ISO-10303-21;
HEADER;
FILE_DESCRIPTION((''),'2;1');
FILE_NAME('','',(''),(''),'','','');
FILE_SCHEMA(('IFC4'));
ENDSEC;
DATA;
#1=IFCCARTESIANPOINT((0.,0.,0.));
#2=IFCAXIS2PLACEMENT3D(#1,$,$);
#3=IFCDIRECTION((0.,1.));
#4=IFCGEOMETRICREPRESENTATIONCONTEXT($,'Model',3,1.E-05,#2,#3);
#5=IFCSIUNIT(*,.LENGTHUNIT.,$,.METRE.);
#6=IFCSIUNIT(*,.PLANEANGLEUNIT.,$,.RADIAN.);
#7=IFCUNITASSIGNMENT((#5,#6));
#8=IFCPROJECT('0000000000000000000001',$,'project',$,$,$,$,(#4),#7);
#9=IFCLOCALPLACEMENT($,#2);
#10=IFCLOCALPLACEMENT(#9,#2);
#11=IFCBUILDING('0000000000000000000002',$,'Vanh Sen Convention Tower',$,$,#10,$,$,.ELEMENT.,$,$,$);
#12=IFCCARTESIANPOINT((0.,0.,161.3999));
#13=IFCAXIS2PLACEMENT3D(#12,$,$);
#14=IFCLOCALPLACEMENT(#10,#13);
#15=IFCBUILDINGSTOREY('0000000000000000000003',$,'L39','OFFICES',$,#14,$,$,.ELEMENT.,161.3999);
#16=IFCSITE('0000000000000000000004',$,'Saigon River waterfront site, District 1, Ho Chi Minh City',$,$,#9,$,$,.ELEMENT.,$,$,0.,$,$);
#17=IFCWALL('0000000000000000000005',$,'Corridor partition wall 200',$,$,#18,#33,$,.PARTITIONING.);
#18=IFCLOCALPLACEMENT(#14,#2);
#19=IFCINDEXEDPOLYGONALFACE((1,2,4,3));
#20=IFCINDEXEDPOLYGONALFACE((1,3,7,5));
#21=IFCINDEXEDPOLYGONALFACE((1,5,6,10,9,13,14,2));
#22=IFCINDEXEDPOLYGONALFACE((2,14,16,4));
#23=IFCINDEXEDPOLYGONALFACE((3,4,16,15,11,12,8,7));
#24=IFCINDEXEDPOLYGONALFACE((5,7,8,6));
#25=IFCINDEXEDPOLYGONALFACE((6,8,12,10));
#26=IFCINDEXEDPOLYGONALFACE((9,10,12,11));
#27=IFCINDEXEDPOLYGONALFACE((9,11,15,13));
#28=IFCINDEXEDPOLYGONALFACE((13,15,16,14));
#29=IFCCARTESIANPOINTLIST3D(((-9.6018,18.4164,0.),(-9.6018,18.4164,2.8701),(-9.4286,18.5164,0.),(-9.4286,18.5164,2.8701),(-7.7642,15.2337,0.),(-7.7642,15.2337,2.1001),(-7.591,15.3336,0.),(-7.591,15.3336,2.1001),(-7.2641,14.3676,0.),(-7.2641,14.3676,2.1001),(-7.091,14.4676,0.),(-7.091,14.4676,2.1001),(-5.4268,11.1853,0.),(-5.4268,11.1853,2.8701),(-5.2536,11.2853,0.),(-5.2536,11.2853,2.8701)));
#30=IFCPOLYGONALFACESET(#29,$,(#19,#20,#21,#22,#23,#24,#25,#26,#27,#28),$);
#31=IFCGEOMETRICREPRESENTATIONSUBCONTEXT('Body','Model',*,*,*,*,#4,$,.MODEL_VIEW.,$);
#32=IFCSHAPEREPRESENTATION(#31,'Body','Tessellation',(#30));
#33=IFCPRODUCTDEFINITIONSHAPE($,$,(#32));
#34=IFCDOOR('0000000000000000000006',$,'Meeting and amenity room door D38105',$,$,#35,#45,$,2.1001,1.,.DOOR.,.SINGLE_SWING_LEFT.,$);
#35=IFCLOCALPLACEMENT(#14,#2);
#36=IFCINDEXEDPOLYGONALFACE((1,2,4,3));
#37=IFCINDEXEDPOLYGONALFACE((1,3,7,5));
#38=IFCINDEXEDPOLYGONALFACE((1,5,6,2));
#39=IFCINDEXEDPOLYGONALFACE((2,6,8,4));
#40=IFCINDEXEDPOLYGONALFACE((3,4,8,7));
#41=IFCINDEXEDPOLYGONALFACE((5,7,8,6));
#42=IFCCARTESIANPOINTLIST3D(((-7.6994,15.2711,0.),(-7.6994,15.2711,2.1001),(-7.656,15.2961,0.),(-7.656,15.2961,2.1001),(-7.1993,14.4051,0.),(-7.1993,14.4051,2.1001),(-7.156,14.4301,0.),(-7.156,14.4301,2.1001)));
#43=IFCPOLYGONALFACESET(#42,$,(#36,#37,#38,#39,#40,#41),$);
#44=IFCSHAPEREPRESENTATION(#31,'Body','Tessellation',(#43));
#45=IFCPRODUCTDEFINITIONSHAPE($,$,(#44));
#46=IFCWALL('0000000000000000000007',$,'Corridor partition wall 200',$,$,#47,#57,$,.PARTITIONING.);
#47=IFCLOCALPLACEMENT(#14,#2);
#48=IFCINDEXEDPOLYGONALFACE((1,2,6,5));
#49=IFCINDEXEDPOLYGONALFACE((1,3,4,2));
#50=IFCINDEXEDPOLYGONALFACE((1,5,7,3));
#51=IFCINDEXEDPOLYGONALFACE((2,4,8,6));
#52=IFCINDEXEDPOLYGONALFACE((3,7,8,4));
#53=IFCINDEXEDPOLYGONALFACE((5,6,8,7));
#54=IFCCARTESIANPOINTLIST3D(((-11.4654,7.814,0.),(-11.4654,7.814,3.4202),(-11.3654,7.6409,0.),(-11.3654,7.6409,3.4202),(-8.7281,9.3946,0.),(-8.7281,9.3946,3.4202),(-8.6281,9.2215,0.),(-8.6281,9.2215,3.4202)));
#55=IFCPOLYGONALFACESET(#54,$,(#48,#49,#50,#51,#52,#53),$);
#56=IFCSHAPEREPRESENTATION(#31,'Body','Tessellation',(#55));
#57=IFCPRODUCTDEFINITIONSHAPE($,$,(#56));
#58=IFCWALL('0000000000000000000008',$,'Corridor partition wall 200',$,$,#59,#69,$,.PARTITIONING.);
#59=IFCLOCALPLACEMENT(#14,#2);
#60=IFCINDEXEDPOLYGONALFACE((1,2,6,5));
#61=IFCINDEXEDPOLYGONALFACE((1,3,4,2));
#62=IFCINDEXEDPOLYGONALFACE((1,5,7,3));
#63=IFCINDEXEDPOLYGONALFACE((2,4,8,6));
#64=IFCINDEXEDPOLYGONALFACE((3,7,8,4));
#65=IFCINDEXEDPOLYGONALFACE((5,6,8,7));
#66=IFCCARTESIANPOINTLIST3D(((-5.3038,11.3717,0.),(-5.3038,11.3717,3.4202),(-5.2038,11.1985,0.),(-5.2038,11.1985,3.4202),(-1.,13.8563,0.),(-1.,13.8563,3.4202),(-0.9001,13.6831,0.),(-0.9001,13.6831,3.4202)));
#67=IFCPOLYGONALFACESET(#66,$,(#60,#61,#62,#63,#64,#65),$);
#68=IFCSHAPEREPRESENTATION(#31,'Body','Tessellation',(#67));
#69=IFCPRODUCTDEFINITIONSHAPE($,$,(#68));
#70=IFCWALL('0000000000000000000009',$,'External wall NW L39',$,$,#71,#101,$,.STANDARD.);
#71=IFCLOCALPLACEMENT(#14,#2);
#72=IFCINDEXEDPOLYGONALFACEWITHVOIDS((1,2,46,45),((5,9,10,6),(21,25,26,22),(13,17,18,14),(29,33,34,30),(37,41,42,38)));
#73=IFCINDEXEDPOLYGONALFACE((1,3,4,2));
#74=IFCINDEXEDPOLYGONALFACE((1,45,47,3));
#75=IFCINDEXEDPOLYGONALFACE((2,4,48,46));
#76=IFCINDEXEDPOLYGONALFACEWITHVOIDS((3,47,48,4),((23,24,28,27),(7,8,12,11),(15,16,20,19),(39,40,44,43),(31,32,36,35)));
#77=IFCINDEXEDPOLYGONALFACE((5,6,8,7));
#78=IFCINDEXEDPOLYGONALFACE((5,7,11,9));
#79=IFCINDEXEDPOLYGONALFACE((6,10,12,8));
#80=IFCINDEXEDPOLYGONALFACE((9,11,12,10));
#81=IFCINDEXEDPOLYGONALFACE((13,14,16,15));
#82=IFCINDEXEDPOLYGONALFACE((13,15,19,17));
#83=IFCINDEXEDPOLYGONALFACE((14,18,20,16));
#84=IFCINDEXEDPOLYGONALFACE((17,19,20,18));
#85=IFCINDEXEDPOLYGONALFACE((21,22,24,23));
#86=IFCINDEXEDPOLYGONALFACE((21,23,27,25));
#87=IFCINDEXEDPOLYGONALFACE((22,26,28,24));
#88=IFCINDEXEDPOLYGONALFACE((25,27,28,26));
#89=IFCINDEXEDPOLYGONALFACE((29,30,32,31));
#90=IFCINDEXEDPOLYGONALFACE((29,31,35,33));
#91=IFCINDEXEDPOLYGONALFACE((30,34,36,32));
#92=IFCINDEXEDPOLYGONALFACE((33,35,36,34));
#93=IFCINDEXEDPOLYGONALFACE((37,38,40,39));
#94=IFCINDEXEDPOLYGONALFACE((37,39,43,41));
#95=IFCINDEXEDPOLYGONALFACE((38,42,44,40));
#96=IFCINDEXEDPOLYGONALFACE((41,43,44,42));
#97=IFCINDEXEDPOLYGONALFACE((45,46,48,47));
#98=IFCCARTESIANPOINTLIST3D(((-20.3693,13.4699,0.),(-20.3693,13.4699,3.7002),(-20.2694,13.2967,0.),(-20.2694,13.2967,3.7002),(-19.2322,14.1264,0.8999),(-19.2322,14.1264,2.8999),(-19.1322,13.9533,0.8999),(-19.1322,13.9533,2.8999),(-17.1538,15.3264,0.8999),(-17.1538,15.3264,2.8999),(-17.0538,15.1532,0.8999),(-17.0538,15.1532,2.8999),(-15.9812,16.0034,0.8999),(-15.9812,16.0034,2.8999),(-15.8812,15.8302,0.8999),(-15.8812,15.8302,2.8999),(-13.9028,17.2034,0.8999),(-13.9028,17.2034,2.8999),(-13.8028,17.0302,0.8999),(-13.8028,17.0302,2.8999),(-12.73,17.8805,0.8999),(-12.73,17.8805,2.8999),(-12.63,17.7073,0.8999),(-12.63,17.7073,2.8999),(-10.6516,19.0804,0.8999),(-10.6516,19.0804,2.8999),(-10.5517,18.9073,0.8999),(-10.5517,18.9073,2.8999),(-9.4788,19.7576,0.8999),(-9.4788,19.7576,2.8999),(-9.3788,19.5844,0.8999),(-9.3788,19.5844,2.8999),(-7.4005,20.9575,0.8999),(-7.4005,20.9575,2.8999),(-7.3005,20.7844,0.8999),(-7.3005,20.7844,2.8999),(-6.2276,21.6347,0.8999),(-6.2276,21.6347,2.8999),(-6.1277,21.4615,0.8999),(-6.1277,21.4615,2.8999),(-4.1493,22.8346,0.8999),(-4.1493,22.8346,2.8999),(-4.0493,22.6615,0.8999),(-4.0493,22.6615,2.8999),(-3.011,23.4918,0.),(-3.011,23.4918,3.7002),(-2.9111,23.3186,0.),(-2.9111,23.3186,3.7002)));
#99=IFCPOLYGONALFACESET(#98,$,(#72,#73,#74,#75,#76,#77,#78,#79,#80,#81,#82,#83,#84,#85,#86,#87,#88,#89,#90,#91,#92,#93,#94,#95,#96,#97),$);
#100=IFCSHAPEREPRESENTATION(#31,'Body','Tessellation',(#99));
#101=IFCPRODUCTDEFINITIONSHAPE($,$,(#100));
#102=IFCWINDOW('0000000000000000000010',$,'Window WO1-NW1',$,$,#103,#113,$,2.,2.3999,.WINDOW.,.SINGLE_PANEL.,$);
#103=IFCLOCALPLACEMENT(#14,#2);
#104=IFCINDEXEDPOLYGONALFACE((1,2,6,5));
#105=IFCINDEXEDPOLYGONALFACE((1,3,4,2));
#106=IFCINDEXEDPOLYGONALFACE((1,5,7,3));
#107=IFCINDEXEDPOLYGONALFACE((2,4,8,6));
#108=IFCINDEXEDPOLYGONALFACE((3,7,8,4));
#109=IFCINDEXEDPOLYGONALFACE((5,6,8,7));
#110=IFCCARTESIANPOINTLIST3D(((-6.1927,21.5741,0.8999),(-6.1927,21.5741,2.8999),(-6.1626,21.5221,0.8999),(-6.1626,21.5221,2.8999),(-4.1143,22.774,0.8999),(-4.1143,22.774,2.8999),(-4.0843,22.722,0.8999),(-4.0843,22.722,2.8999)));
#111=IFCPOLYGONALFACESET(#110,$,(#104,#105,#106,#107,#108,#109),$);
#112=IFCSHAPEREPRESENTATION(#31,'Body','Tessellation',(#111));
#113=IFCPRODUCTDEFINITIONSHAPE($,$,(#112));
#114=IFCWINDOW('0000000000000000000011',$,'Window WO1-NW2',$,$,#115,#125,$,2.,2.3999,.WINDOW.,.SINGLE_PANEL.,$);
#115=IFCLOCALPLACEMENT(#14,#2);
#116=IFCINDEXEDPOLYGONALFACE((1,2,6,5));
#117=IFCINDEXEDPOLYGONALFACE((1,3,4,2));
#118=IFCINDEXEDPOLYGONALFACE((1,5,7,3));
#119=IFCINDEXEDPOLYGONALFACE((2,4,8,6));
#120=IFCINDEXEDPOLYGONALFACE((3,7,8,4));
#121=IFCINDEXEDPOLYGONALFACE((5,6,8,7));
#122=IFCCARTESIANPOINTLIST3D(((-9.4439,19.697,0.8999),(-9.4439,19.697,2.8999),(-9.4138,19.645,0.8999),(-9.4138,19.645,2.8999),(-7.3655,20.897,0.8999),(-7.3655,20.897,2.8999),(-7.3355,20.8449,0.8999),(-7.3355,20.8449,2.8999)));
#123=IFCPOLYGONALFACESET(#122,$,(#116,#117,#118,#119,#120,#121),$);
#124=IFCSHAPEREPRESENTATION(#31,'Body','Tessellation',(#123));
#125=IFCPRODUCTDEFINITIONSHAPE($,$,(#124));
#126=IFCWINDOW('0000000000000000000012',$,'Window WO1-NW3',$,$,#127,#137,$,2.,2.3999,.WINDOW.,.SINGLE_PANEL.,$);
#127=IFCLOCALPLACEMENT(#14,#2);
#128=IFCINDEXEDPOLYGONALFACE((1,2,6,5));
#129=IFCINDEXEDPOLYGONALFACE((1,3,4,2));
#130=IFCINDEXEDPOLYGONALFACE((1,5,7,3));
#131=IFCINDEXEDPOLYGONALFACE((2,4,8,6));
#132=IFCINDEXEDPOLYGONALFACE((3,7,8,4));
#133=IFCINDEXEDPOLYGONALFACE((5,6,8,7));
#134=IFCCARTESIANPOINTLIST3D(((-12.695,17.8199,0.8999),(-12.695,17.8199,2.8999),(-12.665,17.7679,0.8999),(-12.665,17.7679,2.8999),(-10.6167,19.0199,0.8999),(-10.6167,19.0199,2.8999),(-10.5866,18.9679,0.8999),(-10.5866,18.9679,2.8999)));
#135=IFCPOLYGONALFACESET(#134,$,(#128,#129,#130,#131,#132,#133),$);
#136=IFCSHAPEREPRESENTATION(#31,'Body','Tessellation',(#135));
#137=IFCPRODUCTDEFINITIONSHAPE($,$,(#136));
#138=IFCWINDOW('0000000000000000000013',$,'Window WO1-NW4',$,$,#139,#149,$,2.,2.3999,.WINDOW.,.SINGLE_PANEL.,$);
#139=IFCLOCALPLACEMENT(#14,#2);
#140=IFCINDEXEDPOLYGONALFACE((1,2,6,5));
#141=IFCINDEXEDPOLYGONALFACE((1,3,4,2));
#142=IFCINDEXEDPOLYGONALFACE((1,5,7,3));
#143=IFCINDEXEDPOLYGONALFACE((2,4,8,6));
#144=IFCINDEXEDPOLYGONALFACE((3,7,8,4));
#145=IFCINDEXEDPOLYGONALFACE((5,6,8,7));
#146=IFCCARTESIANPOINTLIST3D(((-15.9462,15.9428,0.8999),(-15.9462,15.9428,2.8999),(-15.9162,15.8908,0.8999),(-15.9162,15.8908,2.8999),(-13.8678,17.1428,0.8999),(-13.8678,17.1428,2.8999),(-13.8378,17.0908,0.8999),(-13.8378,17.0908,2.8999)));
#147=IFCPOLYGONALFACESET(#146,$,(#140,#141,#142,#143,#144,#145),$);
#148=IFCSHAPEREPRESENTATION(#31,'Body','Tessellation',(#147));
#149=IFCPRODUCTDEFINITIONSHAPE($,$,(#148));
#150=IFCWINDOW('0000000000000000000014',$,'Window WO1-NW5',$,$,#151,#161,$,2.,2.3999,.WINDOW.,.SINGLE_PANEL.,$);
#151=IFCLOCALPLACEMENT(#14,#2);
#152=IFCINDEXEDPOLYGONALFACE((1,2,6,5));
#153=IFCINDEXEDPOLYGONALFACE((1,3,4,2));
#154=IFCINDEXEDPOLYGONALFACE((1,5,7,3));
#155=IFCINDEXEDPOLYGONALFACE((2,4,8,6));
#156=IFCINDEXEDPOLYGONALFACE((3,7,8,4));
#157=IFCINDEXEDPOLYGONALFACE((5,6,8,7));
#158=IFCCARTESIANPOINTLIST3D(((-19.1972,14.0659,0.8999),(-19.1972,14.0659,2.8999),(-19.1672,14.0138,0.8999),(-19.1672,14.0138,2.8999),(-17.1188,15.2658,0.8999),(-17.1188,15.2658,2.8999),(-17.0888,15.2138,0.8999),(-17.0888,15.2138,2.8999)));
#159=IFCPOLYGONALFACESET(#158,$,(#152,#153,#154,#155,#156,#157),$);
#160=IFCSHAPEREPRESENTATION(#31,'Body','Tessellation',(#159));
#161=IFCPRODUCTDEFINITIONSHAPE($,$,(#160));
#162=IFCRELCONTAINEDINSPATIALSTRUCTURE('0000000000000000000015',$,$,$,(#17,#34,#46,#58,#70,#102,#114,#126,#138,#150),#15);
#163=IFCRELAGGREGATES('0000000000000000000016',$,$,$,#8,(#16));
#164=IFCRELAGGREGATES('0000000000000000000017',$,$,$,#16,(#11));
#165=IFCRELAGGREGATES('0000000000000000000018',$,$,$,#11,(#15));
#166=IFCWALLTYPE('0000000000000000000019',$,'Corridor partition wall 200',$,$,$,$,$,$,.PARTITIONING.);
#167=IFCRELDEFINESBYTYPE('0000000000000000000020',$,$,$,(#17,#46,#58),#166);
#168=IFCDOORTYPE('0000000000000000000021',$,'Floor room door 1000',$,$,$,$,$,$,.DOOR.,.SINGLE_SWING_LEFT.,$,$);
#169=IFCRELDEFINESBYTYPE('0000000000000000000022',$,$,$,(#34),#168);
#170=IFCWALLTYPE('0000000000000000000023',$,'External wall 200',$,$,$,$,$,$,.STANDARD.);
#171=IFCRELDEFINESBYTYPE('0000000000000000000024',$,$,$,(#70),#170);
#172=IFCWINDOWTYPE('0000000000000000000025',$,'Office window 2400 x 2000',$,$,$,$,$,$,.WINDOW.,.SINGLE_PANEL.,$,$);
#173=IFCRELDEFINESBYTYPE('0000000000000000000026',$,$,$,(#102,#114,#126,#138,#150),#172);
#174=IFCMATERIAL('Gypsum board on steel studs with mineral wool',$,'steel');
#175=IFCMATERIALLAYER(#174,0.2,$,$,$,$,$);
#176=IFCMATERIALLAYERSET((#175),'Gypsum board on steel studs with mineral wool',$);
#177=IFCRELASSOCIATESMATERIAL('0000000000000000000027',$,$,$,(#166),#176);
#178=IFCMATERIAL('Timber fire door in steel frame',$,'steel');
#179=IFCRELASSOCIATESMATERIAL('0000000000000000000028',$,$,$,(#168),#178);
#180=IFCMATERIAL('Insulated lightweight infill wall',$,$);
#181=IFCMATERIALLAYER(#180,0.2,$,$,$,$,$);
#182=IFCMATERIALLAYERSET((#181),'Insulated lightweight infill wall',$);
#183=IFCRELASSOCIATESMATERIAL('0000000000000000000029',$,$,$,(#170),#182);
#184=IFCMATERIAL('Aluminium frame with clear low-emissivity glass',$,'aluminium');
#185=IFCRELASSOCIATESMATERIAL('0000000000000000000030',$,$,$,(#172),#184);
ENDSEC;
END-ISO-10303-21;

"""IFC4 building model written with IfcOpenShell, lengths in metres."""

from ifc_helpers import new_model, si_unit, direction, frame, frame_2d, origin, place, context, subcontext, project, spatial, rectangle, extrude, material, layer, layer_set, type_object, element, fill, save


model = new_model("IFC4")

# Units and contexts
model_context = context("Model", 3, precision=1e-05, world=origin(), true_north=direction((0.0, 1.0)))
body_context = subcontext(model_context, "Body", "Model", "MODEL_VIEW")
ifc_project = project(units=[si_unit("LENGTHUNIT", "METRE"), si_unit("PLANEANGLEUNIT", "RADIAN")], contexts=[model_context])

# Site, building, storey
site_placement = place(None, origin())
site = spatial("IfcSite", under=ifc_project, at=site_placement, Name="Saigon River waterfront site, District 1, Ho Chi Minh City", CompositionType="ELEMENT", RefElevation=0.0)
building_placement = place(site_placement, origin())
building = spatial("IfcBuilding", under=site, at=building_placement, Name="Vanh Sen Convention Tower", CompositionType="ELEMENT")
storey_placement = place(building_placement, frame((0.0, 0.0, 161.3999)))
storey = spatial("IfcBuildingStorey", under=building, at=storey_placement, Name="L39", Description="OFFICES", CompositionType="ELEMENT", Elevation=161.3999)

# Wall, opening, door
ifc_material_1 = material(Name="Gypsum board on steel studs with mineral wool", Category="steel")
ifc_layer_1 = layer(ifc_material_1, 0.2)
ifc_layer_set_1 = layer_set([ifc_layer_1], Name="Gypsum board on steel studs with mineral wool")
wall_type_1 = type_object("IfcWallType", Name="Corridor partition wall 200", PredefinedType="PARTITIONING", material=ifc_layer_set_1)
wall_1_placement = place(storey_placement, frame((-9.5151, 18.4663, 0.0), z_axis=(0.0, 0.0, 1.0), x_axis=(0.50001, -0.86602, 0.0)))
wall_1 = element("IfcWall", 1, at=wall_1_placement, inside=storey, type_object=wall_type_1, Name="Corridor partition wall 200", PredefinedType="PARTITIONING", context=body_context, shape_type="SweptSolid", body=[
    extrude(rectangle(XDim=8.3499, YDim=0.2, at=frame_2d((4.1748, 0.0))), origin(), (0.0, 0.0, 1.0), 2.8701),
])
opening_1_placement = place(wall_1_placement, frame((3.675, 0.0, 0.0)))
opening_1 = element("IfcOpeningElement", 2, at=opening_1_placement, cuts=wall_1, PredefinedType="OPENING", context=body_context, shape_type="SweptSolid", body=[
    extrude(rectangle(XDim=1.0, YDim=2.1001, at=frame_2d((0.5, 1.05))), frame((0.0, 0.1099, 0.0), z_axis=(0.0, -1.0, 0.0), x_axis=(1.0, 0.0, 0.0)), (0.0, 0.0, 1.0), 0.22),
])
ifc_material_2 = material(Name="Timber fire door in steel frame", Category="steel")
door_type = type_object("IfcDoorType", Name="Floor room door 1000", OperationType="SINGLE_SWING_LEFT", PredefinedType="DOOR", material=ifc_material_2)
door_placement = place(opening_1_placement, origin())
door = element("IfcDoor", 3, at=door_placement, inside=storey, type_object=door_type, Name="Meeting and amenity room door D38105", OperationType="SINGLE_SWING_LEFT", OverallHeight=2.1001, OverallWidth=1.0, PredefinedType="DOOR", context=body_context, shape_type="SweptSolid", body=[
    extrude(rectangle(XDim=1.0, YDim=2.1001, at=frame_2d((0.5, 1.05))), frame((0.0, 0.0249, 0.0), z_axis=(0.0, -1.0, 0.0), x_axis=(1.0, 0.0, 0.0)), (0.0, 0.0, 1.0), 0.05),
])
fill(opening_1, door)

# Walls
wall_2_placement = place(storey_placement, frame((-8.678, 9.3081, 0.0), z_axis=(0.0, 0.0, 1.0), x_axis=(-0.866, -0.500043, 0.0)))
element("IfcWall", 4, at=wall_2_placement, inside=storey, type_object=wall_type_1, Name="Corridor partition wall 200", PredefinedType="PARTITIONING", context=body_context, shape_type="SweptSolid", body=[
    extrude(rectangle(XDim=3.1609, YDim=0.2, at=frame_2d((1.5806, 0.0))), origin(), (0.0, 0.0, 1.0), 3.4202),
])
wall_3_placement = place(storey_placement, frame((-0.95, 13.7698, 0.0), z_axis=(0.0, 0.0, 1.0), x_axis=(-0.866037, -0.49998, 0.0)))
element("IfcWall", 5, at=wall_3_placement, inside=storey, type_object=wall_type_1, Name="Corridor partition wall 200", PredefinedType="PARTITIONING", context=body_context, shape_type="SweptSolid", body=[
    extrude(rectangle(XDim=4.9695, YDim=0.2, at=frame_2d((2.4849, 0.0))), origin(), (0.0, 0.0, 1.0), 3.4202),
])

# Wall, openings, windows
ifc_material_3 = material(Name="Insulated lightweight infill wall")
ifc_layer_2 = layer(ifc_material_3, 0.2)
ifc_layer_set_2 = layer_set([ifc_layer_2], Name="Insulated lightweight infill wall")
wall_type_2 = type_object("IfcWallType", Name="External wall 200", PredefinedType="STANDARD", material=ifc_layer_set_2)
wall_4_placement = place(storey_placement, frame((-2.9609, 23.4053, 0.0), z_axis=(0.0, 0.0, 1.0), x_axis=(-0.866023, -0.500004, 0.0)))
wall_4 = element("IfcWall", 6, at=wall_4_placement, inside=storey, type_object=wall_type_2, Name="External wall NW L39", PredefinedType="STANDARD", context=body_context, shape_type="SweptSolid", body=[
    extrude(rectangle(XDim=20.0437, YDim=0.2, at=frame_2d((10.022, 0.0))), origin(), (0.0, 0.0, 1.0), 3.7002),
])
opening_2_placement = place(wall_4_placement, frame((1.3145, 0.0, 0.8999)))
opening_2 = element("IfcOpeningElement", 7, at=opening_2_placement, cuts=wall_4, PredefinedType="OPENING", context=body_context, shape_type="SweptSolid", body=[
    extrude(rectangle(XDim=2.3999, YDim=2.0, at=frame_2d((1.2, 1.0))), frame((0.0, 0.1099, 0.0), z_axis=(0.0, -1.0, 0.0), x_axis=(1.0, 0.0, 0.0)), (0.0, 0.0, 1.0), 0.22),
])
opening_3_placement = place(wall_4_placement, frame((5.0686, 0.0, 0.8999)))
opening_3 = element("IfcOpeningElement", 8, at=opening_3_placement, cuts=wall_4, PredefinedType="OPENING", context=body_context, shape_type="SweptSolid", body=[
    extrude(rectangle(XDim=2.3999, YDim=2.0, at=frame_2d((1.2, 1.0))), frame((0.0, 0.1099, 0.0), z_axis=(0.0, -1.0, 0.0), x_axis=(1.0, 0.0, 0.0)), (0.0, 0.0, 1.0), 0.22),
])
opening_4_placement = place(wall_4_placement, frame((8.8228, 0.0, 0.8999)))
opening_4 = element("IfcOpeningElement", 9, at=opening_4_placement, cuts=wall_4, PredefinedType="OPENING", context=body_context, shape_type="SweptSolid", body=[
    extrude(rectangle(XDim=2.3999, YDim=2.0, at=frame_2d((1.2, 1.0))), frame((0.0, 0.1099, 0.0), z_axis=(0.0, -1.0, 0.0), x_axis=(1.0, 0.0, 0.0)), (0.0, 0.0, 1.0), 0.22),
])
opening_5_placement = place(wall_4_placement, frame((12.5769, 0.0, 0.8999)))
opening_5 = element("IfcOpeningElement", 10, at=opening_5_placement, cuts=wall_4, PredefinedType="OPENING", context=body_context, shape_type="SweptSolid", body=[
    extrude(rectangle(XDim=2.3999, YDim=2.0, at=frame_2d((1.2, 1.0))), frame((0.0, 0.1099, 0.0), z_axis=(0.0, -1.0, 0.0), x_axis=(1.0, 0.0, 0.0)), (0.0, 0.0, 1.0), 0.22),
])
opening_6_placement = place(wall_4_placement, frame((16.3308, 0.0, 0.8999)))
opening_6 = element("IfcOpeningElement", 11, at=opening_6_placement, cuts=wall_4, PredefinedType="OPENING", context=body_context, shape_type="SweptSolid", body=[
    extrude(rectangle(XDim=2.3999, YDim=2.0, at=frame_2d((1.2, 1.0))), frame((0.0, 0.1099, 0.0), z_axis=(0.0, -1.0, 0.0), x_axis=(1.0, 0.0, 0.0)), (0.0, 0.0, 1.0), 0.22),
])
ifc_material_4 = material(Name="Aluminium frame with clear low-emissivity glass", Category="aluminium")
window_type = type_object("IfcWindowType", Name="Office window 2400 x 2000", PartitioningType="SINGLE_PANEL", PredefinedType="WINDOW", material=ifc_material_4)
window_1_placement = place(opening_2_placement, origin())
window_1 = element("IfcWindow", 12, at=window_1_placement, inside=storey, type_object=window_type, Name="Window WO1-NW1", OverallHeight=2.0, OverallWidth=2.3999, PartitioningType="SINGLE_PANEL", PredefinedType="WINDOW", context=body_context, shape_type="SweptSolid", body=[
    extrude(rectangle(XDim=2.3999, YDim=2.0, at=frame_2d((1.2, 1.0))), frame((0.0, 0.03, 0.0), z_axis=(0.0, -1.0, 0.0), x_axis=(1.0, 0.0, 0.0)), (0.0, 0.0, 1.0), 0.0601),
])
fill(opening_2, window_1)
window_2_placement = place(opening_3_placement, origin())
window_2 = element("IfcWindow", 13, at=window_2_placement, inside=storey, type_object=window_type, Name="Window WO1-NW2", OverallHeight=2.0, OverallWidth=2.3999, PartitioningType="SINGLE_PANEL", PredefinedType="WINDOW", context=body_context, shape_type="SweptSolid", body=[
    extrude(rectangle(XDim=2.3999, YDim=2.0, at=frame_2d((1.2, 1.0))), frame((0.0, 0.03, 0.0), z_axis=(0.0, -1.0, 0.0), x_axis=(1.0, 0.0, 0.0)), (0.0, 0.0, 1.0), 0.0601),
])
fill(opening_3, window_2)
window_3_placement = place(opening_4_placement, origin())
window_3 = element("IfcWindow", 14, at=window_3_placement, inside=storey, type_object=window_type, Name="Window WO1-NW3", OverallHeight=2.0, OverallWidth=2.3999, PartitioningType="SINGLE_PANEL", PredefinedType="WINDOW", context=body_context, shape_type="SweptSolid", body=[
    extrude(rectangle(XDim=2.3999, YDim=2.0, at=frame_2d((1.2, 1.0))), frame((0.0, 0.03, 0.0), z_axis=(0.0, -1.0, 0.0), x_axis=(1.0, 0.0, 0.0)), (0.0, 0.0, 1.0), 0.0601),
])
fill(opening_4, window_3)
window_4_placement = place(opening_5_placement, origin())
window_4 = element("IfcWindow", 15, at=window_4_placement, inside=storey, type_object=window_type, Name="Window WO1-NW4", OverallHeight=2.0, OverallWidth=2.3999, PartitioningType="SINGLE_PANEL", PredefinedType="WINDOW", context=body_context, shape_type="SweptSolid", body=[
    extrude(rectangle(XDim=2.3999, YDim=2.0, at=frame_2d((1.2, 1.0))), frame((0.0, 0.03, 0.0), z_axis=(0.0, -1.0, 0.0), x_axis=(1.0, 0.0, 0.0)), (0.0, 0.0, 1.0), 0.0601),
])
fill(opening_5, window_4)
window_5_placement = place(opening_6_placement, origin())
window_5 = element("IfcWindow", 16, at=window_5_placement, inside=storey, type_object=window_type, Name="Window WO1-NW5", OverallHeight=2.0, OverallWidth=2.3999, PartitioningType="SINGLE_PANEL", PredefinedType="WINDOW", context=body_context, shape_type="SweptSolid", body=[
    extrude(rectangle(XDim=2.3999, YDim=2.0, at=frame_2d((1.2, 1.0))), frame((0.0, 0.03, 0.0), z_axis=(0.0, -1.0, 0.0), x_axis=(1.0, 0.0, 0.0)), (0.0, 0.0, 1.0), 0.0601),
])
fill(opening_6, window_5)

save(model, "model.ifc")
